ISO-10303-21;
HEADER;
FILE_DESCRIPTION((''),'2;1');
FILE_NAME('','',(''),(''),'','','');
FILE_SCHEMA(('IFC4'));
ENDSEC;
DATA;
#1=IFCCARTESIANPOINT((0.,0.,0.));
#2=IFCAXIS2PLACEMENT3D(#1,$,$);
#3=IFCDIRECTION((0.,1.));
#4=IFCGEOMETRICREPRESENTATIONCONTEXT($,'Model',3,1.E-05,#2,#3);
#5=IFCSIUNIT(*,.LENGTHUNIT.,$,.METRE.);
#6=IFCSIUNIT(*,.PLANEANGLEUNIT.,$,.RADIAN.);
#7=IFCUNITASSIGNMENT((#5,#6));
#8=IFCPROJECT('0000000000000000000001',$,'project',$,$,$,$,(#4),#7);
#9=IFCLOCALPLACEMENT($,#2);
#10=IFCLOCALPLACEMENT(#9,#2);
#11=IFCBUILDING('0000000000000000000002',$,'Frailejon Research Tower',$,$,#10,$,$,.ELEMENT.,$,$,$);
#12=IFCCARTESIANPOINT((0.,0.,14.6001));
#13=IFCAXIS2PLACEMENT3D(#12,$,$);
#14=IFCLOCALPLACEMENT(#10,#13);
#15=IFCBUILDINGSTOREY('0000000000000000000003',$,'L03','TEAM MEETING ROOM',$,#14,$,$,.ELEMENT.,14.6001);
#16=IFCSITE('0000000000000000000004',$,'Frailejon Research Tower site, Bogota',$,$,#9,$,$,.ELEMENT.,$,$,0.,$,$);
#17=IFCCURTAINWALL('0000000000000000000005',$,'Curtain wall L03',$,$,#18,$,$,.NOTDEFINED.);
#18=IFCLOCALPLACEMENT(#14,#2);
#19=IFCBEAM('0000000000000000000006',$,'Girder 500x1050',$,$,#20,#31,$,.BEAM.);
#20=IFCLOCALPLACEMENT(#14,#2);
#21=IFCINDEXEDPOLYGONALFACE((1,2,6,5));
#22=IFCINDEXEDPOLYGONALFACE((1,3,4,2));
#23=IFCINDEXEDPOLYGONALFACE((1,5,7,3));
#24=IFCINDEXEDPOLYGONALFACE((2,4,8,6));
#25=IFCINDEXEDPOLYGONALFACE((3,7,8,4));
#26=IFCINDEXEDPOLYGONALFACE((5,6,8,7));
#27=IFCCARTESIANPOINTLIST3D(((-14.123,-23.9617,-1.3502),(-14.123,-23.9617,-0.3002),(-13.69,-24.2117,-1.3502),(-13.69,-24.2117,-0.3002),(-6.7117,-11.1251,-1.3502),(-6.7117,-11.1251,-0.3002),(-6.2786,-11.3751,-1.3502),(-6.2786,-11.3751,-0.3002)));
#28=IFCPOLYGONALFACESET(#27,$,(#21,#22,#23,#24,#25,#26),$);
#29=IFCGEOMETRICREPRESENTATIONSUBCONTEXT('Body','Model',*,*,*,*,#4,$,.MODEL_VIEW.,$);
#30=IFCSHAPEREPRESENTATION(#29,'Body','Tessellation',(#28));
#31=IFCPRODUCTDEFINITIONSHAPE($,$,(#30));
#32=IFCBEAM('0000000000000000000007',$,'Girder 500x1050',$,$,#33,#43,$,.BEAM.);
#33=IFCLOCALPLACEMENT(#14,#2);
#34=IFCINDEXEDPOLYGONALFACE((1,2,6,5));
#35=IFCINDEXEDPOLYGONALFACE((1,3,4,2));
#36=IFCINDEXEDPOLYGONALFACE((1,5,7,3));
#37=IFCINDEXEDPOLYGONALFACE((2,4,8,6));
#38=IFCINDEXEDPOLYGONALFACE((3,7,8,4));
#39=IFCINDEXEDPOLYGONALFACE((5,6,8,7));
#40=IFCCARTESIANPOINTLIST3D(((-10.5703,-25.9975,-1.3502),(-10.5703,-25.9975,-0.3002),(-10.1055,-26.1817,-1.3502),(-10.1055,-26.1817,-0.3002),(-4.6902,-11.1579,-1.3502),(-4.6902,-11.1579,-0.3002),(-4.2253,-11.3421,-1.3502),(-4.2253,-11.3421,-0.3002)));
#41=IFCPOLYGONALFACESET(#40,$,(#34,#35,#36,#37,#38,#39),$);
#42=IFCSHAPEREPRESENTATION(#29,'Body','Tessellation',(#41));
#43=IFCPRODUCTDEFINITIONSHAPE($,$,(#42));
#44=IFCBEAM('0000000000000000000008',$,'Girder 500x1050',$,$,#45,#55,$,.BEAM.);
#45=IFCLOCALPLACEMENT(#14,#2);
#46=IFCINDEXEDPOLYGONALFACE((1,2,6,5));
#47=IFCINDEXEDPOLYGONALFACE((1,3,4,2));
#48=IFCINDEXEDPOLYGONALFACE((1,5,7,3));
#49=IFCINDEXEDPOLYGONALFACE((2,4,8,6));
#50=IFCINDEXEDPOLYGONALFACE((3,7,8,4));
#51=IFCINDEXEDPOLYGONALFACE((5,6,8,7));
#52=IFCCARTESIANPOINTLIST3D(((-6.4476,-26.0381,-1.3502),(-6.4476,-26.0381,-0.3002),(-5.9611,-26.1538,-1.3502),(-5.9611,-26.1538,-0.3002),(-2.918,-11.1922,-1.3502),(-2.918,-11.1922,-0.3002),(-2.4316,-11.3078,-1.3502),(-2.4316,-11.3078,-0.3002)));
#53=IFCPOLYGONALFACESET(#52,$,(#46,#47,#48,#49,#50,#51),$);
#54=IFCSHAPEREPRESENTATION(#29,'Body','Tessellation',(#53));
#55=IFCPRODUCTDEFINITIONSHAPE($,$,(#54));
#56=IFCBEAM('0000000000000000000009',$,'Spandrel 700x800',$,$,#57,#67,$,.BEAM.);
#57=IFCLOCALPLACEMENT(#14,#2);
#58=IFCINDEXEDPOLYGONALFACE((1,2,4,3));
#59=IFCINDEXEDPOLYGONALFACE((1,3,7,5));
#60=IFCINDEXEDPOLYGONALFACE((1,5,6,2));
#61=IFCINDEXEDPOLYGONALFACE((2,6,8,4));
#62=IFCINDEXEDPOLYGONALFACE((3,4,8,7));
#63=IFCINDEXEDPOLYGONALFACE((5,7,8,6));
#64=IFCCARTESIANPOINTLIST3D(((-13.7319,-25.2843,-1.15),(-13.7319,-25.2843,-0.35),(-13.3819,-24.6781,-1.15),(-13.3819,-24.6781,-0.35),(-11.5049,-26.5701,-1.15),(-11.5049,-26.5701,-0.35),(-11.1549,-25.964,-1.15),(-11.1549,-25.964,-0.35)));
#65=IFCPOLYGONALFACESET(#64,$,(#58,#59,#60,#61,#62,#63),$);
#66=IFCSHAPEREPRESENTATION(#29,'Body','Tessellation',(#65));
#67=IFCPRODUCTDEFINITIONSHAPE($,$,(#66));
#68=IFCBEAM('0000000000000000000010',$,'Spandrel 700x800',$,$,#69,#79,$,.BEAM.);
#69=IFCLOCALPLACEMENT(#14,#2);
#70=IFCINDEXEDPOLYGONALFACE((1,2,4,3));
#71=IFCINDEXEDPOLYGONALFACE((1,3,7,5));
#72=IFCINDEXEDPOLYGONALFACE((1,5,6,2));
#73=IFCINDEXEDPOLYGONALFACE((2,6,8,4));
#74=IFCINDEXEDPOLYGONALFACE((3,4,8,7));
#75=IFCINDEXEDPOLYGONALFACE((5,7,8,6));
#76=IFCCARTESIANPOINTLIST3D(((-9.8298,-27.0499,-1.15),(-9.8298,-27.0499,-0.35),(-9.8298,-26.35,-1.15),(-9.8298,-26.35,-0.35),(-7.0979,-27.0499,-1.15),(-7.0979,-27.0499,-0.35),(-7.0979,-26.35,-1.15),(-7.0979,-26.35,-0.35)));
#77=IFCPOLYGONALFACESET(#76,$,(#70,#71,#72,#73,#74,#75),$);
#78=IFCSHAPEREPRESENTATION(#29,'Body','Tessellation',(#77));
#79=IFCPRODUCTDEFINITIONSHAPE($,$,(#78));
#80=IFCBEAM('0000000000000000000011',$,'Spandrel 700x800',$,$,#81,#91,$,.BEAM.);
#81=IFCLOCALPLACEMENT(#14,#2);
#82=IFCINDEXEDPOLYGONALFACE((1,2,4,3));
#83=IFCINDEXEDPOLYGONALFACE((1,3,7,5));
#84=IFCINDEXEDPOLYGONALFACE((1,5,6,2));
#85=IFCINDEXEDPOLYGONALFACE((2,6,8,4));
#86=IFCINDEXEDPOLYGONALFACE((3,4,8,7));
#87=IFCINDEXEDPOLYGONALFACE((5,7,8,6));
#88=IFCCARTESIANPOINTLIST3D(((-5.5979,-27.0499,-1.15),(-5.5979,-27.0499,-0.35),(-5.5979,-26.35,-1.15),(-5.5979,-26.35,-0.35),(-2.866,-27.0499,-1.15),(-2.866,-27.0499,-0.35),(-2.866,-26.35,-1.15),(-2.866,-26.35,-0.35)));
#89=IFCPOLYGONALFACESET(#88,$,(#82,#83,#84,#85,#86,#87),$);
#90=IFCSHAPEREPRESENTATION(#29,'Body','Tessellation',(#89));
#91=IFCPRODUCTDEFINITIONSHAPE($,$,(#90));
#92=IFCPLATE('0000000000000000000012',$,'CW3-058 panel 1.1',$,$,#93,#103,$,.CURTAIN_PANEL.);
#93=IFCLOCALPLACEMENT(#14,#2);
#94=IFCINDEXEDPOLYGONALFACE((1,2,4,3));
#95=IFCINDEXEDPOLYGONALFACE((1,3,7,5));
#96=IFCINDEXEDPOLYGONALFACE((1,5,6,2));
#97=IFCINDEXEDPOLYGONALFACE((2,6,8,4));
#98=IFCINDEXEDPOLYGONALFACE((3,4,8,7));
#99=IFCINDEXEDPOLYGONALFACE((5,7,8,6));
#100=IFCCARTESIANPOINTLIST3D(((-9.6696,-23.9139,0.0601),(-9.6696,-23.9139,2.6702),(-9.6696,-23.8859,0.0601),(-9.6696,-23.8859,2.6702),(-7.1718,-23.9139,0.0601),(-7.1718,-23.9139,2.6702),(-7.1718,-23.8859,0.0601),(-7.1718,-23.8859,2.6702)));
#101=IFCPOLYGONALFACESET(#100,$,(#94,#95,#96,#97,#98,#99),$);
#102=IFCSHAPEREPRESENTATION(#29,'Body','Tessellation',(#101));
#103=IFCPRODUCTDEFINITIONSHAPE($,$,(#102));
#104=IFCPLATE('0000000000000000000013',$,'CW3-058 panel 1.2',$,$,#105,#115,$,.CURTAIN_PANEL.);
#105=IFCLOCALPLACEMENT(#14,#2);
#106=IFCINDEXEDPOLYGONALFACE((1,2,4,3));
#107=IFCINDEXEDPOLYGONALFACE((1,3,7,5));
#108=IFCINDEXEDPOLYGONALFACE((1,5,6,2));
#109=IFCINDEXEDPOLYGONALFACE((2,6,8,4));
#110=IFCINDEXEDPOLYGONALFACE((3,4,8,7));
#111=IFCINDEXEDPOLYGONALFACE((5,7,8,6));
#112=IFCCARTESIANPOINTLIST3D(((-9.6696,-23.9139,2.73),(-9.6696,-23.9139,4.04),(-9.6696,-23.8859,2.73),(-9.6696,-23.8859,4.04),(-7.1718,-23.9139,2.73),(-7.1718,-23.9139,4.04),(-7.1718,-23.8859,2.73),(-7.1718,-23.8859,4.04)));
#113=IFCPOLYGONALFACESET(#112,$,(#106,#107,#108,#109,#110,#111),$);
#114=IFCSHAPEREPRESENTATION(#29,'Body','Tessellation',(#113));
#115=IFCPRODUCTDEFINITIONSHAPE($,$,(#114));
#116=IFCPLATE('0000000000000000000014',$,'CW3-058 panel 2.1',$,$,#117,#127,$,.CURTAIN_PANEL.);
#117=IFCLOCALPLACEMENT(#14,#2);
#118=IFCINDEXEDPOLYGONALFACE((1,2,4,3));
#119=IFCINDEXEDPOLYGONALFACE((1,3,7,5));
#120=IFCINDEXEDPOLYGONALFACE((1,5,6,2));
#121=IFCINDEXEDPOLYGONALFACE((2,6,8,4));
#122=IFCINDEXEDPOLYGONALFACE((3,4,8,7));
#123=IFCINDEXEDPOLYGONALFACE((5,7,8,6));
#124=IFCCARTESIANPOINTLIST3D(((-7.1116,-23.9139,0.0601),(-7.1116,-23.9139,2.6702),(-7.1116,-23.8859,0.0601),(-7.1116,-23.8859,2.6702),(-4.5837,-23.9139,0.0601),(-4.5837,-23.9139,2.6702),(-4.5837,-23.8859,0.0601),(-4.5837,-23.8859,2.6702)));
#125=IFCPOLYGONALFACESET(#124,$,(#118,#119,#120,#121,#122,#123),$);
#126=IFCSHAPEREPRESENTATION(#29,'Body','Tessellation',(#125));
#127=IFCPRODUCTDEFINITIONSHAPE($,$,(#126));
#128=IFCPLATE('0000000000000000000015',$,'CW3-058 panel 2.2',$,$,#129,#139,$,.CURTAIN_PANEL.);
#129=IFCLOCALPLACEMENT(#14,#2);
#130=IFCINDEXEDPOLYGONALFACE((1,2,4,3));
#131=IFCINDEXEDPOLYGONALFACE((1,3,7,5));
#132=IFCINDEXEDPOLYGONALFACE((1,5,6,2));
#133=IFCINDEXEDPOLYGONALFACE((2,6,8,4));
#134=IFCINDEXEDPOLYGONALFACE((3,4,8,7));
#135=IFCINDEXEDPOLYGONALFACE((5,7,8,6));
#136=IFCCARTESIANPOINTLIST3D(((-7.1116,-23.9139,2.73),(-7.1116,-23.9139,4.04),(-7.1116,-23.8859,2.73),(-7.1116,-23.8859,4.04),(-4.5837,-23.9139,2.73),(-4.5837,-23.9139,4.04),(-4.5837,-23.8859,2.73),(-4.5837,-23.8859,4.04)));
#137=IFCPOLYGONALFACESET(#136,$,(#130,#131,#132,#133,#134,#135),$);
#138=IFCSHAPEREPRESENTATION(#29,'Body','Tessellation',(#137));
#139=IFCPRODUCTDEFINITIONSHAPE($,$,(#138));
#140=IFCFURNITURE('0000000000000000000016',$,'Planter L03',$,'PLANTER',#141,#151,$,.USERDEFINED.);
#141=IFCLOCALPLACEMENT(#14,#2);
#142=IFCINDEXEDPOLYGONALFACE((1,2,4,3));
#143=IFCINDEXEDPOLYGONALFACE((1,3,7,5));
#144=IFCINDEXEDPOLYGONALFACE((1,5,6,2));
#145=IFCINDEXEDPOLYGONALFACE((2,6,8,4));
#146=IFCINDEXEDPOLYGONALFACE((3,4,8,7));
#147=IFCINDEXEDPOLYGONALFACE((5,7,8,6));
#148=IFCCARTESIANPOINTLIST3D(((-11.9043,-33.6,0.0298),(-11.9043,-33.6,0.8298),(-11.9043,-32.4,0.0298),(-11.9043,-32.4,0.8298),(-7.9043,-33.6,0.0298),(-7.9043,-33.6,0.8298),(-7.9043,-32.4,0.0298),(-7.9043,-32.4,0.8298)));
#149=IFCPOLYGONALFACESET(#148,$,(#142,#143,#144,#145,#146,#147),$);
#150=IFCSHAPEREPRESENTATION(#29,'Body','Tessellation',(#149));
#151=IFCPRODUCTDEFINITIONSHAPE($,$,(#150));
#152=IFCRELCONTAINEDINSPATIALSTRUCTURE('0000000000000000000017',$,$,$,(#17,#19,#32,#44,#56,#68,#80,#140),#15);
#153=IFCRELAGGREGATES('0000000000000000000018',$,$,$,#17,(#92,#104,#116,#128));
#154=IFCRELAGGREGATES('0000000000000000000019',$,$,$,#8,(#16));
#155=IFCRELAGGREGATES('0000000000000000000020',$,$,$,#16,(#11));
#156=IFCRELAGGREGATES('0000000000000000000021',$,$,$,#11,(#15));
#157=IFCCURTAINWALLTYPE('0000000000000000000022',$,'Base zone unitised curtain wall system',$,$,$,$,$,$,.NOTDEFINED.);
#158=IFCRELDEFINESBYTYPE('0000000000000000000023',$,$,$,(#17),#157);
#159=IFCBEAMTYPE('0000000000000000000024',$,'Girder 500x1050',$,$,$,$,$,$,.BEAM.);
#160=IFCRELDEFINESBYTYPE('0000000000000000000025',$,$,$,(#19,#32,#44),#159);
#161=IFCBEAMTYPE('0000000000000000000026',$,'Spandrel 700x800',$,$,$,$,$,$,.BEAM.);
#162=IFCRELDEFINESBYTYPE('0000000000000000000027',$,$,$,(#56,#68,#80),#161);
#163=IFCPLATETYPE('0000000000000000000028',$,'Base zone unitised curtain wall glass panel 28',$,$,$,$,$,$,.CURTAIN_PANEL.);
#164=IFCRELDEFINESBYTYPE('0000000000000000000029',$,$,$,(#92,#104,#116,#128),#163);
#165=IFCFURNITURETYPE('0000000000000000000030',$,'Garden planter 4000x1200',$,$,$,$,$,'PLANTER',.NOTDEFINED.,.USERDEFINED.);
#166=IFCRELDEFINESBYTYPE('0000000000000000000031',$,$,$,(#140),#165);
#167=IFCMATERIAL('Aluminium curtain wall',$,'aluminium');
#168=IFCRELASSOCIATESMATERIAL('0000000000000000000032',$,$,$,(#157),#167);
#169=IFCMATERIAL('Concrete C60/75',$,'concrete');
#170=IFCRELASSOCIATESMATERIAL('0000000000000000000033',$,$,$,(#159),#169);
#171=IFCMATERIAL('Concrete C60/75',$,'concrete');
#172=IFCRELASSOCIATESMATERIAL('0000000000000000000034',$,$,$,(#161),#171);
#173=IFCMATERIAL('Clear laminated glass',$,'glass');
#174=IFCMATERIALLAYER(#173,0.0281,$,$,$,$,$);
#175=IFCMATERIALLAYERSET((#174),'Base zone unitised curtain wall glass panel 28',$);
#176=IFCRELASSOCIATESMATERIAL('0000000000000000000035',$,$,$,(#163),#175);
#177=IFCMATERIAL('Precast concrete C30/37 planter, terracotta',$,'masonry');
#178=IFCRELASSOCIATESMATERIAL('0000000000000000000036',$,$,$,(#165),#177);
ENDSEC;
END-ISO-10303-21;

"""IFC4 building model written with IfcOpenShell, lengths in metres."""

from ifc_helpers import new_model, si_unit, direction, frame, origin, origin_2d, place, context, subcontext, project, spatial, rectangle, extrude, material, layer, layer_set, material_profile, profile_set, type_object, element, aggregate, save


model = new_model("IFC4")

# Units and contexts
model_context = context("Model", 3, precision=1e-05, world=origin(), true_north=direction((0.0, 1.0)))
body_context = subcontext(model_context, "Body", "Model", "MODEL_VIEW")
ifc_project = project(units=[si_unit("LENGTHUNIT", "METRE"), si_unit("PLANEANGLEUNIT", "RADIAN")], contexts=[model_context])

# Site, building, storey
site_placement = place(None, origin())
site = spatial("IfcSite", under=ifc_project, at=site_placement, Name="Frailejon Research Tower site, Bogota", CompositionType="ELEMENT", RefElevation=0.0)
building_placement = place(site_placement, origin())
building = spatial("IfcBuilding", under=site, at=building_placement, Name="Frailejon Research Tower", CompositionType="ELEMENT")
storey_placement = place(building_placement, frame((0.0, 0.0, 14.6001)))
storey = spatial("IfcBuildingStorey", under=building, at=storey_placement, Name="L03", Description="TEAM MEETING ROOM", CompositionType="ELEMENT", Elevation=14.6001)

# Curtain wall
ifc_material_1 = material(Name="Aluminium curtain wall", Category="aluminium")
curtain_wall_type = type_object("IfcCurtainWallType", Name="Base zone unitised curtain wall system", PredefinedType="NOTDEFINED", material=ifc_material_1)
curtain_wall_placement = place(storey_placement, origin())
curtain_wall = element("IfcCurtainWall", 1, at=curtain_wall_placement, inside=storey, type_object=curtain_wall_type, Name="Curtain wall L03", PredefinedType="NOTDEFINED")

# Beams
ifc_material_2 = material(Name="Concrete C60/75", Category="concrete")
ifc_material_profile_1 = material_profile(ifc_material_2, rectangle(XDim=0.5, YDim=1.05, at=origin_2d()), Name="Girder 500x1050")
ifc_profile_set_1 = profile_set([ifc_material_profile_1], Name="Concrete C60/75")
beam_type_1 = type_object("IfcBeamType", Name="Girder 500x1050", PredefinedType="BEAM", material=ifc_profile_set_1)
beam_1_placement = place(storey_placement, frame((-13.9065, -24.0867, -0.8252), z_axis=(0.500006, 0.866022, 0.0), x_axis=(-0.866022, 0.500006, 0.0)))
element("IfcBeam", 2, at=beam_1_placement, inside=storey, type_object=beam_type_1, Name="Girder 500x1050", PredefinedType="BEAM", context=body_context, shape_type="SweptSolid", body=[
    extrude(rectangle(XDim=0.5, YDim=1.05, at=origin_2d()), origin(), (0.0, 0.0, 1.0), 14.8225),
])
beam_2_placement = place(storey_placement, frame((-10.3379, -26.0896, -0.8252), z_axis=(0.36838, 0.929675, 0.0), x_axis=(-0.929675, 0.36838, 0.0)))
element("IfcBeam", 3, at=beam_2_placement, inside=storey, type_object=beam_type_1, Name="Girder 500x1050", PredefinedType="BEAM", context=body_context, shape_type="SweptSolid", body=[
    extrude(rectangle(XDim=0.5, YDim=1.05, at=origin_2d()), origin(), (0.0, 0.0, 1.0), 15.9622),
])
beam_3_placement = place(storey_placement, frame((-6.2043, -26.0959, -0.8252), z_axis=(0.231298, 0.972883, 0.0), x_axis=(-0.972883, 0.231298, 0.0)))
element("IfcBeam", 4, at=beam_3_placement, inside=storey, type_object=beam_type_1, Name="Girder 500x1050", PredefinedType="BEAM", context=body_context, shape_type="SweptSolid", body=[
    extrude(rectangle(XDim=0.5, YDim=1.05, at=origin_2d()), origin(), (0.0, 0.0, 1.0), 15.2598),
])
ifc_material_3 = material(Name="Concrete C60/75", Category="concrete")
ifc_material_profile_2 = material_profile(ifc_material_3, rectangle(XDim=0.7, YDim=0.8, at=origin_2d()), Name="Spandrel 700x800")
ifc_profile_set_2 = profile_set([ifc_material_profile_2], Name="Concrete C60/75")
beam_type_2 = type_object("IfcBeamType", Name="Spandrel 700x800", PredefinedType="BEAM", material=ifc_profile_set_2)
beam_4_placement = place(storey_placement, frame((-13.5569, -24.9812, -0.75), z_axis=(0.866009, -0.500029, 0.0), x_axis=(0.500029, 0.866009, 0.0)))
element("IfcBeam", 5, at=beam_4_placement, inside=storey, type_object=beam_type_2, Name="Spandrel 700x800", PredefinedType="BEAM", context=body_context, shape_type="SweptSolid", body=[
    extrude(rectangle(XDim=0.7, YDim=0.8, at=origin_2d()), origin(), (0.0, 0.0, 1.0), 2.5715),
])
for number, where, z_axis, x_axis, name in (
    (6, (-9.8298, -26.7, -0.75), (1.0, 0.0, 0.0), (0.0, 1.0, 0.0), "Spandrel 700x800"),
    (7, (-5.5979, -26.7, -0.75), (1.0, 0.0, 0.0), (0.0, 1.0, 0.0), "Spandrel 700x800"),
):
    element("IfcBeam", number, at=place(storey_placement, frame(where, z_axis=z_axis, x_axis=x_axis)), inside=storey, type_object=beam_type_2, Name=name, PredefinedType="BEAM", context=body_context, shape_type="SweptSolid", body=[
        extrude(rectangle(XDim=0.7, YDim=0.8, at=origin_2d()), origin(), (0.0, 0.0, 1.0), 2.7319),
    ])

# Plates
ifc_material_4 = material(Name="Clear laminated glass", Category="glass")
ifc_layer = layer(ifc_material_4, 0.0281)
ifc_layer_set = layer_set([ifc_layer], Name="Base zone unitised curtain wall glass panel 28")
plate_type = type_object("IfcPlateType", Name="Base zone unitised curtain wall glass panel 28", PredefinedType="CURTAIN_PANEL", material=ifc_layer_set)
plate_1_placement = place(storey_placement, frame((-8.4207, -23.8999, 0.0601), z_axis=(0.0, 0.0, 1.0), x_axis=(1.0, 0.0, 0.0)))
plate_1 = element("IfcPlate", 8, at=plate_1_placement, type_object=plate_type, Name="CW3-058 panel 1.1", PredefinedType="CURTAIN_PANEL", context=body_context, shape_type="SweptSolid", body=[
    extrude(rectangle(XDim=2.4978, YDim=0.0281, at=origin_2d()), origin(), (0.0, 0.0, 1.0), 2.6101),
])
plate_2_placement = place(storey_placement, frame((-8.4207, -23.8999, 2.73), z_axis=(0.0, 0.0, 1.0), x_axis=(1.0, 0.0, 0.0)))
plate_2 = element("IfcPlate", 9, at=plate_2_placement, type_object=plate_type, Name="CW3-058 panel 1.2", PredefinedType="CURTAIN_PANEL", context=body_context, shape_type="SweptSolid", body=[
    extrude(rectangle(XDim=2.4978, YDim=0.0281, at=origin_2d()), origin(), (0.0, 0.0, 1.0), 1.3101),
])
plate_3_placement = place(storey_placement, frame((-5.8477, -23.8999, 0.0601), z_axis=(0.0, 0.0, 1.0), x_axis=(1.0, 0.0, 0.0)))
plate_3 = element("IfcPlate", 10, at=plate_3_placement, type_object=plate_type, Name="CW3-058 panel 2.1", PredefinedType="CURTAIN_PANEL", context=body_context, shape_type="SweptSolid", body=[
    extrude(rectangle(XDim=2.5278, YDim=0.0281, at=origin_2d()), origin(), (0.0, 0.0, 1.0), 2.6101),
])
plate_4_placement = place(storey_placement, frame((-5.8477, -23.8999, 2.73), z_axis=(0.0, 0.0, 1.0), x_axis=(1.0, 0.0, 0.0)))
plate_4 = element("IfcPlate", 11, at=plate_4_placement, type_object=plate_type, Name="CW3-058 panel 2.2", PredefinedType="CURTAIN_PANEL", context=body_context, shape_type="SweptSolid", body=[
    extrude(rectangle(XDim=2.5278, YDim=0.0281, at=origin_2d()), origin(), (0.0, 0.0, 1.0), 1.3101),
])
aggregate(curtain_wall, [plate_1, plate_2, plate_3, plate_4])

# Furniture
ifc_material_5 = material(Name="Precast concrete C30/37 planter, terracotta", Category="masonry")
furniture_type = type_object("IfcFurnitureType", Name="Garden planter 4000x1200", ElementType="PLANTER", AssemblyPlace="NOTDEFINED", PredefinedType="USERDEFINED", material=ifc_material_5)
furniture_placement = place(storey_placement, frame((-9.9043, -33.0, 0.0298), z_axis=(0.0, 0.0, 1.0), x_axis=(1.0, 0.0, 0.0)))
element("IfcFurniture", 12, at=furniture_placement, inside=storey, type_object=furniture_type, Name="Planter L03", ObjectType="PLANTER", PredefinedType="USERDEFINED", context=body_context, shape_type="SweptSolid", body=[
    extrude(rectangle(XDim=4.0, YDim=1.2, at=origin_2d()), origin(), (0.0, 0.0, 1.0), 0.8),
])

save(model, "model.ifc")
